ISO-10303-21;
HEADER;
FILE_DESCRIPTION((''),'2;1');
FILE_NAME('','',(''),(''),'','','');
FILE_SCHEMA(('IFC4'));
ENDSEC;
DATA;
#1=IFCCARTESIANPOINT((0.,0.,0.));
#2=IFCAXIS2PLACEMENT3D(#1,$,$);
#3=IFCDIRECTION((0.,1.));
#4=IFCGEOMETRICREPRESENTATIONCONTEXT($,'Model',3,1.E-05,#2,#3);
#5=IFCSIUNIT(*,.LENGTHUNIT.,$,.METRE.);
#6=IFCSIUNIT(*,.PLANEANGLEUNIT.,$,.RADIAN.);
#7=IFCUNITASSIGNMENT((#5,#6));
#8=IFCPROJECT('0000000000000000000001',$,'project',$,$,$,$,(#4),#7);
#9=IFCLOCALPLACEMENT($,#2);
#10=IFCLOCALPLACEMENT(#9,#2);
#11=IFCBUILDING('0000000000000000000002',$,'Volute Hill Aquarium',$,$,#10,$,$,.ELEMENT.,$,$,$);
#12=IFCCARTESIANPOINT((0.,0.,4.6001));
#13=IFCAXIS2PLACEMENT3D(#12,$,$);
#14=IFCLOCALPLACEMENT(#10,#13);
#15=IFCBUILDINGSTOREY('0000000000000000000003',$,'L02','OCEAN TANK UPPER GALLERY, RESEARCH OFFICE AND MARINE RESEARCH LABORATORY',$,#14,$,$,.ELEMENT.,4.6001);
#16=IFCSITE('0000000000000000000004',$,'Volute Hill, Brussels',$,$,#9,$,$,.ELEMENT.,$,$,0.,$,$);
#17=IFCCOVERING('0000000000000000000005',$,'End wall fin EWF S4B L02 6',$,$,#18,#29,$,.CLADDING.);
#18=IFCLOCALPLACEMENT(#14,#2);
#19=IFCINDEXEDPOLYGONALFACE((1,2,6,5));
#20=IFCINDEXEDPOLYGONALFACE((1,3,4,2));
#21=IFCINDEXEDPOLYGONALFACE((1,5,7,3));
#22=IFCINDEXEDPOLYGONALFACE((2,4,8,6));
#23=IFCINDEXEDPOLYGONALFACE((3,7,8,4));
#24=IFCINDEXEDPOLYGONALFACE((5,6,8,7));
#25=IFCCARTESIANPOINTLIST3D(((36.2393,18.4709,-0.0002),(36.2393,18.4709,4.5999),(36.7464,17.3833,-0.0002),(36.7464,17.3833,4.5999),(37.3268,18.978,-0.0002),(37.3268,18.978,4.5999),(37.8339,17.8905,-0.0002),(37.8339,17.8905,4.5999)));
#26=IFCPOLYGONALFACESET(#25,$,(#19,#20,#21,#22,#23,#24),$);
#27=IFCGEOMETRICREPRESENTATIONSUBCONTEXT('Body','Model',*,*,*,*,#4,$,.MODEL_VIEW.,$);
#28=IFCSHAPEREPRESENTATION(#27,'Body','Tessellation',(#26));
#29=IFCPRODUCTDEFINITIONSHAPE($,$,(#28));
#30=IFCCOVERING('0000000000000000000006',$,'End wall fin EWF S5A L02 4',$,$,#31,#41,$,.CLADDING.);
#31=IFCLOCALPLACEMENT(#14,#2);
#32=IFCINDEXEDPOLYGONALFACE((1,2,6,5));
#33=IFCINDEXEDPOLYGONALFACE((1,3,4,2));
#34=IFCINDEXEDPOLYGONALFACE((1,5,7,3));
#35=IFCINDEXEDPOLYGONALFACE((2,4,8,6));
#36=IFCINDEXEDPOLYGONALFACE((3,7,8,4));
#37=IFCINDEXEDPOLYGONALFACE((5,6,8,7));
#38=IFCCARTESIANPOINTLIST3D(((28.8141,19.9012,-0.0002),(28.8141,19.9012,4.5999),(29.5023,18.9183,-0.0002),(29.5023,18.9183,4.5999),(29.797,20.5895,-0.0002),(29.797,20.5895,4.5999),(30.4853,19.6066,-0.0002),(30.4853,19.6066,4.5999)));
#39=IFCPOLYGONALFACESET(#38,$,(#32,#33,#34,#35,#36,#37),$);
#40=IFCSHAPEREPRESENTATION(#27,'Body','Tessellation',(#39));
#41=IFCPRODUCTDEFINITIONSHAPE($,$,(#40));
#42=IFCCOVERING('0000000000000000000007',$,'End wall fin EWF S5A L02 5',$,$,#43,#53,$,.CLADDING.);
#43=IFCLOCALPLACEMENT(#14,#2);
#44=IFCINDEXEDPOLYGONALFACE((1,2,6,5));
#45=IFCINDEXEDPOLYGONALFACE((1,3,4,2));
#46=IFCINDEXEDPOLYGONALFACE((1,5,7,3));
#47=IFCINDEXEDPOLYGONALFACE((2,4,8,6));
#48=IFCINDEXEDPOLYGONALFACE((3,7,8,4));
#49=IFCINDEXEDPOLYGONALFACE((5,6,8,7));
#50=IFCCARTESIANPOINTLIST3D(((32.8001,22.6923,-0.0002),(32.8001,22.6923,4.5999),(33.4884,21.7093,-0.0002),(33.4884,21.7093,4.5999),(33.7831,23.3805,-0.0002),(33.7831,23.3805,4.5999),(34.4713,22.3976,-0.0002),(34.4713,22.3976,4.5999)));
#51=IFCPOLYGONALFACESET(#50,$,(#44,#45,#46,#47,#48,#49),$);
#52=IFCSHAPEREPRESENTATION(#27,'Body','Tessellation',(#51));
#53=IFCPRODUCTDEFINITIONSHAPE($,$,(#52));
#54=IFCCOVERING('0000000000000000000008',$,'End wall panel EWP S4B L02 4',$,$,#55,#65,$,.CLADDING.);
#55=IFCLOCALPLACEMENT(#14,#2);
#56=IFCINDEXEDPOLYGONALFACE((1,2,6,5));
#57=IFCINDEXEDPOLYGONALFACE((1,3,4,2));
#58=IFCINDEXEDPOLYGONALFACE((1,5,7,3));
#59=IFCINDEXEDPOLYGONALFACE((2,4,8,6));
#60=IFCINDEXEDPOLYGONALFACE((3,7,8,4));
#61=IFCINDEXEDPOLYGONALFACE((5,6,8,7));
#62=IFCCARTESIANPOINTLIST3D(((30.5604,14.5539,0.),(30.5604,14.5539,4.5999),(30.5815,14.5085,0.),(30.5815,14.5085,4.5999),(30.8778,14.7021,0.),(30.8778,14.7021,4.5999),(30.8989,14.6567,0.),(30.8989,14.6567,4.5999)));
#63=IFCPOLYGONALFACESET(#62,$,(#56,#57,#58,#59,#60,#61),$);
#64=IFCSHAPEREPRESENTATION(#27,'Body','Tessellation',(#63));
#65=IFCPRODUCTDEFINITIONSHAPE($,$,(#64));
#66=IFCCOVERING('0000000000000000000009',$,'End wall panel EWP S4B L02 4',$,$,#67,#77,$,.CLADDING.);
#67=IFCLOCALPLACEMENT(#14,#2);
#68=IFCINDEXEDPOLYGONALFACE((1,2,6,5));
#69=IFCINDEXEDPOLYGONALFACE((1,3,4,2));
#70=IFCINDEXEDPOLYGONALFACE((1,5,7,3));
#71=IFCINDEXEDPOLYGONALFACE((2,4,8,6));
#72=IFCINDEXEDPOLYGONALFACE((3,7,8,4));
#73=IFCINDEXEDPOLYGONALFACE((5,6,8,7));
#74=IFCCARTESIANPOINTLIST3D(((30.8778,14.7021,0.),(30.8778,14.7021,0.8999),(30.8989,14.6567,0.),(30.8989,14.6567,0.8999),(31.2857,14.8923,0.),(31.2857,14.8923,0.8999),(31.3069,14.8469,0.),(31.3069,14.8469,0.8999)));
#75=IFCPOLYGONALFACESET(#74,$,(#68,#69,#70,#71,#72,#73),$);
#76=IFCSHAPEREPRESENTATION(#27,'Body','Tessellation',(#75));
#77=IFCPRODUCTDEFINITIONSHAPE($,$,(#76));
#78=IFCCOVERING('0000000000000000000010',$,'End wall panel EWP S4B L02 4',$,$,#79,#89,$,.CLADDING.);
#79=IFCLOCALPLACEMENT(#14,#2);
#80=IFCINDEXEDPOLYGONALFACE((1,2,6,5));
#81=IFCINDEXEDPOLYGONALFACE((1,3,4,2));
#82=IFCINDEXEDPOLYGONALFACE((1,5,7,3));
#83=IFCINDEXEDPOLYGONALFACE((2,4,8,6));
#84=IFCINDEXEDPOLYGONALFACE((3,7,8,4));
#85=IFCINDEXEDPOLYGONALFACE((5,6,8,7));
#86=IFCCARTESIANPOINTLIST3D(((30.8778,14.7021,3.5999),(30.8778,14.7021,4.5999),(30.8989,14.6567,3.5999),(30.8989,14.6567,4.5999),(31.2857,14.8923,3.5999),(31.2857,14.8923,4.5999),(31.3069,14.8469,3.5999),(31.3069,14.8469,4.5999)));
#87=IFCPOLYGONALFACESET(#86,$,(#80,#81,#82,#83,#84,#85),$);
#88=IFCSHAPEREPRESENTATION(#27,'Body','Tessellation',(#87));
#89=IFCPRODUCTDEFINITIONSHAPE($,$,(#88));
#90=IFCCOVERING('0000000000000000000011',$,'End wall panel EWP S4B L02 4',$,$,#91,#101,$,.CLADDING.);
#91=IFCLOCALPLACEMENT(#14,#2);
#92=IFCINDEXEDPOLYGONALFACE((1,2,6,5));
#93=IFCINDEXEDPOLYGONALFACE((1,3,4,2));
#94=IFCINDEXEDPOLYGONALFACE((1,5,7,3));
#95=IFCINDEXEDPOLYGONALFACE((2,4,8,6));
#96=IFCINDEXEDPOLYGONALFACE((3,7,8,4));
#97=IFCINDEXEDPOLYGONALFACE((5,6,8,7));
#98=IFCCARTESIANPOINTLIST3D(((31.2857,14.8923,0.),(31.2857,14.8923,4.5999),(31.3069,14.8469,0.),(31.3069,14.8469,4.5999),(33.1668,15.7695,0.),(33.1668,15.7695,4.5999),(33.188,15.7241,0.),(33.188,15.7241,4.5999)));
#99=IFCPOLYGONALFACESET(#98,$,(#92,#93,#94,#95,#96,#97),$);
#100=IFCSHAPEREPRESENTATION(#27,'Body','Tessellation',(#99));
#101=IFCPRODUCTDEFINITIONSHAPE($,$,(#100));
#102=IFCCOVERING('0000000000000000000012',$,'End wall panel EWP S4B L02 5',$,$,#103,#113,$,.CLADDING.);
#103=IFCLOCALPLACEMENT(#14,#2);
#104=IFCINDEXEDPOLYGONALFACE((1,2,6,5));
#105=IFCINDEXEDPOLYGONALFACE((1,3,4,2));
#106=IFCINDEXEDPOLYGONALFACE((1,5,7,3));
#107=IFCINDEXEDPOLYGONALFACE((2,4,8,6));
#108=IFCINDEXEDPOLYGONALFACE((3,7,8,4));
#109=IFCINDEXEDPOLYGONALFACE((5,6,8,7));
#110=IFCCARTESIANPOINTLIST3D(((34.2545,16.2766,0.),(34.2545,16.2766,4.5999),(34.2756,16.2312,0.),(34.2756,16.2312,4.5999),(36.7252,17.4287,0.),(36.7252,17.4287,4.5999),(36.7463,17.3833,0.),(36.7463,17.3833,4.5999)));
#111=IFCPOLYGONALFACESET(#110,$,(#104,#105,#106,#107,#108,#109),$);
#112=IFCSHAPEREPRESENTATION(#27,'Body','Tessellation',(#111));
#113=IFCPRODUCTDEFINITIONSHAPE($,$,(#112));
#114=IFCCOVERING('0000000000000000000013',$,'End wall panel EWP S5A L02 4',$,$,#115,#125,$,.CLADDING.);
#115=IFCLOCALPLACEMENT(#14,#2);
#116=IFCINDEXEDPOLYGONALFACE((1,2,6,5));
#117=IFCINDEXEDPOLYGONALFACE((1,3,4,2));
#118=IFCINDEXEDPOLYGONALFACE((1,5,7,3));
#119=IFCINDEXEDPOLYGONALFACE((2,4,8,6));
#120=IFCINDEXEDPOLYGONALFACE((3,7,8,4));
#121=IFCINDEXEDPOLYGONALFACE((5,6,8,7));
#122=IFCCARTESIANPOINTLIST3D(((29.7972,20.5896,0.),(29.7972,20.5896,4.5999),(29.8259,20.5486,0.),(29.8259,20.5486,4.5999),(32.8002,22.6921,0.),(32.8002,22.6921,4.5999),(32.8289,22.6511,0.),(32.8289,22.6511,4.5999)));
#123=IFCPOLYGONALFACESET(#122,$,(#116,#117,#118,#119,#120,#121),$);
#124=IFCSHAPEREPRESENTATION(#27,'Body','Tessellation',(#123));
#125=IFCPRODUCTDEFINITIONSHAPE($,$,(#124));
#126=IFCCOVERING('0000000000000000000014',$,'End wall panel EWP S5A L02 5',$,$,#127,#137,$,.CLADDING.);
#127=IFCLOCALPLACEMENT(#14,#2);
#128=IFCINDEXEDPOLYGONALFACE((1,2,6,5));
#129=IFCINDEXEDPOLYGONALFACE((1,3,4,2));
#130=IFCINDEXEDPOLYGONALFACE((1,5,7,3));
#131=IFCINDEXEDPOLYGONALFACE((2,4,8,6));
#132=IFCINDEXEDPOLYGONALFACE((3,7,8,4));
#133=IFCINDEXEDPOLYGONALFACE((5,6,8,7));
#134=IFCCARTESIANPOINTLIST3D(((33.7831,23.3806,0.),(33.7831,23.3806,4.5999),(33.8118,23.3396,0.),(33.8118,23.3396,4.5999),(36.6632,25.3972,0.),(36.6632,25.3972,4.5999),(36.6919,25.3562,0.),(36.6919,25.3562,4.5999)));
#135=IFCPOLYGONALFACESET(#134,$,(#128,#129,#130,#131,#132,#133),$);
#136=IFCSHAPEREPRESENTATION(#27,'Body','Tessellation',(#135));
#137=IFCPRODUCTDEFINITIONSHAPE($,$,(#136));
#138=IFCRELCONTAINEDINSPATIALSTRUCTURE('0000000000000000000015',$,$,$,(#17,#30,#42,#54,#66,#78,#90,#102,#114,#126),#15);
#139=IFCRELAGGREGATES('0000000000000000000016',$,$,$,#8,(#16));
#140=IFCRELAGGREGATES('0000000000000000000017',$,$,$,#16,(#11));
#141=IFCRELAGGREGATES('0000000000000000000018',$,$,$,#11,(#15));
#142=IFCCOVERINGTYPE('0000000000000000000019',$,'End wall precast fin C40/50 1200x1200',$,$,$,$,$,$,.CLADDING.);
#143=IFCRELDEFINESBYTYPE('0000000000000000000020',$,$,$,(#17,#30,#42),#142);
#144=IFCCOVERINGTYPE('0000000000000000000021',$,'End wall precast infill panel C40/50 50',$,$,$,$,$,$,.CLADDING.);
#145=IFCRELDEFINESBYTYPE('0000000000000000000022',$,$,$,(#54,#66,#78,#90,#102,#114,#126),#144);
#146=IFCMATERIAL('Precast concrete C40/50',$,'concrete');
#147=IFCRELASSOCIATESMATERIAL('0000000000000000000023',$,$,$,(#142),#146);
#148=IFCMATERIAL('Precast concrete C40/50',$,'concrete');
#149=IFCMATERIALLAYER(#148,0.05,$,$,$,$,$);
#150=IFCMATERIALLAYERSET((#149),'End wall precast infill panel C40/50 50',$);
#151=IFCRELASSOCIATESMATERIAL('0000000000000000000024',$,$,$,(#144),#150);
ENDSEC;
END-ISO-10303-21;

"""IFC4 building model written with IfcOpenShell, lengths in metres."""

from ifc_helpers import new_model, si_unit, direction, frame, origin, origin_2d, place, context, subcontext, project, spatial, polyline, rectangle, outline, extrude, material, layer, layer_set, type_object, element, save


model = new_model("IFC4")

# Units and contexts
model_context = context("Model", 3, precision=1e-05, world=origin(), true_north=direction((0.0, 1.0)))
body_context = subcontext(model_context, "Body", "Model", "MODEL_VIEW")
ifc_project = project(units=[si_unit("LENGTHUNIT", "METRE"), si_unit("PLANEANGLEUNIT", "RADIAN")], contexts=[model_context])

# Site, building, storey
site_placement = place(None, origin())
site = spatial("IfcSite", under=ifc_project, at=site_placement, Name="Volute Hill, Brussels", CompositionType="ELEMENT", RefElevation=0.0)
building_placement = place(site_placement, origin())
building = spatial("IfcBuilding", under=site, at=building_placement, Name="Volute Hill Aquarium", CompositionType="ELEMENT")
storey_placement = place(building_placement, frame((0.0, 0.0, 4.6001)))
storey = spatial("IfcBuildingStorey", under=building, at=storey_placement, Name="L02", Description="OCEAN TANK UPPER GALLERY, RESEARCH OFFICE AND MARINE RESEARCH LABORATORY", CompositionType="ELEMENT", Elevation=4.6001)

# Coverings
ifc_material_1 = material(Name="Precast concrete C40/50", Category="concrete")
covering_type_1 = type_object("IfcCoveringType", Name="End wall precast fin C40/50 1200x1200", PredefinedType="CLADDING", material=ifc_material_1)
for number, where, z_axis, x_axis, name in (
    (1, (37.0366, 18.1807, -0.0002), (0.0, 0.0, 1.0), (0.906309, 0.422616, 0.0), "End wall fin EWF S4B L02 6"),
    (2, (29.6497, 19.7539, -0.0002), (0.0, 0.0, 1.0), (0.819153, 0.573575, 0.0), "End wall fin EWF S5A L02 4"),
    (3, (33.6357, 22.5449, -0.0002), (0.0, 0.0, 1.0), (0.819153, 0.573575, 0.0), "End wall fin EWF S5A L02 5"),
):
    element("IfcCovering", number, at=place(storey_placement, frame(where, z_axis=z_axis, x_axis=x_axis)), inside=storey, type_object=covering_type_1, Name=name, PredefinedType="CLADDING", context=body_context, shape_type="SweptSolid", body=[
        extrude(rectangle(XDim=1.2, YDim=1.2, at=origin_2d()), origin(), (0.0, 0.0, 1.0), 4.6001),
    ])
ifc_material_2 = material(Name="Precast concrete C40/50", Category="concrete")
ifc_layer_1 = layer(ifc_material_2, 0.05)
ifc_layer_set_1 = layer_set([ifc_layer_1], Name="End wall precast infill panel C40/50 50")
covering_type_2 = type_object("IfcCoveringType", Name="End wall precast infill panel C40/50 50", PredefinedType="CLADDING", material=ifc_layer_set_1)
covering_1_placement = place(storey_placement, frame((30.5815, 14.5085, 0.0), z_axis=(0.423076, -0.906094, 0.0), x_axis=(0.906094, 0.423076, 0.0)))
element("IfcCovering", 4, at=covering_1_placement, inside=storey, type_object=covering_type_2, Name="End wall panel EWP S4B L02 4", PredefinedType="CLADDING", context=body_context, shape_type="SweptSolid", body=[
    extrude(outline(polyline([(0.0, 0.0), (0.3503, 0.0), (0.3503, 4.5999), (0.0, 4.5999), (0.0, 0.0)])), origin(), (0.0, 0.0, -1.0), 0.05),
])
covering_2_placement = place(storey_placement, frame((30.8989, 14.6567, 0.0), z_axis=(0.422529, -0.906349, 0.0), x_axis=(0.906349, 0.422529, 0.0)))
element("IfcCovering", 5, at=covering_2_placement, inside=storey, type_object=covering_type_2, Name="End wall panel EWP S4B L02 4", PredefinedType="CLADDING", context=body_context, shape_type="SweptSolid", body=[
    extrude(outline(polyline([(0.0, 0.0), (0.4501, 0.0), (0.4501, 0.8999), (0.0, 0.8999), (0.0, 0.0)])), origin(), (0.0, 0.0, -1.0), 0.05),
])
covering_3_placement = place(storey_placement, frame((30.8989, 14.6567, 3.5999), z_axis=(0.422529, -0.906349, 0.0), x_axis=(0.906349, 0.422529, 0.0)))
element("IfcCovering", 6, at=covering_3_placement, inside=storey, type_object=covering_type_2, Name="End wall panel EWP S4B L02 4", PredefinedType="CLADDING", context=body_context, shape_type="SweptSolid", body=[
    extrude(outline(polyline([(0.0, 0.0), (0.4501, 0.0), (0.4501, 1.0), (0.0, 1.0), (0.0, 0.0)])), origin(), (0.0, 0.0, -1.0), 0.05),
])
covering_4_placement = place(storey_placement, frame((31.3069, 14.8469, 0.0), z_axis=(0.422628, -0.906303, 0.0), x_axis=(0.906303, 0.422628, 0.0)))
element("IfcCovering", 7, at=covering_4_placement, inside=storey, type_object=covering_type_2, Name="End wall panel EWP S4B L02 4", PredefinedType="CLADDING", context=body_context, shape_type="SweptSolid", body=[
    extrude(outline(polyline([(0.0, 0.0), (2.0756, 0.0), (2.0756, 4.5999), (0.0, 4.5999), (0.0, 0.0)])), origin(), (0.0, 0.0, -1.0), 0.05),
])
covering_5_placement = place(storey_placement, frame((34.2756, 16.2312, 0.0), z_axis=(0.422616, -0.906309, 0.0), x_axis=(0.906309, 0.422616, 0.0)))
element("IfcCovering", 8, at=covering_5_placement, inside=storey, type_object=covering_type_2, Name="End wall panel EWP S4B L02 5", PredefinedType="CLADDING", context=body_context, shape_type="SweptSolid", body=[
    extrude(outline(polyline([(0.0, 0.0), (2.7261, 0.0), (2.7261, 4.5999), (0.0, 4.5999), (0.0, 0.0)])), origin(), (0.0, 0.0, -1.0), 0.05),
])
covering_6_placement = place(storey_placement, frame((29.8259, 20.5486, 0.0), z_axis=(0.573552, -0.819169, 0.0), x_axis=(0.819169, 0.573552, 0.0)))
element("IfcCovering", 9, at=covering_6_placement, inside=storey, type_object=covering_type_2, Name="End wall panel EWP S5A L02 4", PredefinedType="CLADDING", context=body_context, shape_type="SweptSolid", body=[
    extrude(outline(polyline([(0.0, 0.0), (3.6658, 0.0), (3.6658, 4.5999), (0.0, 4.5999), (0.0, 0.0)])), origin(), (0.0, 0.0, -1.0), 0.05),
])
covering_7_placement = place(storey_placement, frame((33.8118, 23.3396, 0.0), z_axis=(0.57356, -0.819163, 0.0), x_axis=(0.819163, 0.57356, 0.0)))
element("IfcCovering", 10, at=covering_7_placement, inside=storey, type_object=covering_type_2, Name="End wall panel EWP S5A L02 5", PredefinedType="CLADDING", context=body_context, shape_type="SweptSolid", body=[
    extrude(outline(polyline([(0.0, 0.0), (3.5159, 0.0), (3.5159, 4.5999), (0.0, 4.5999), (0.0, 0.0)])), origin(), (0.0, 0.0, -1.0), 0.05),
])

save(model, "model.ifc")
